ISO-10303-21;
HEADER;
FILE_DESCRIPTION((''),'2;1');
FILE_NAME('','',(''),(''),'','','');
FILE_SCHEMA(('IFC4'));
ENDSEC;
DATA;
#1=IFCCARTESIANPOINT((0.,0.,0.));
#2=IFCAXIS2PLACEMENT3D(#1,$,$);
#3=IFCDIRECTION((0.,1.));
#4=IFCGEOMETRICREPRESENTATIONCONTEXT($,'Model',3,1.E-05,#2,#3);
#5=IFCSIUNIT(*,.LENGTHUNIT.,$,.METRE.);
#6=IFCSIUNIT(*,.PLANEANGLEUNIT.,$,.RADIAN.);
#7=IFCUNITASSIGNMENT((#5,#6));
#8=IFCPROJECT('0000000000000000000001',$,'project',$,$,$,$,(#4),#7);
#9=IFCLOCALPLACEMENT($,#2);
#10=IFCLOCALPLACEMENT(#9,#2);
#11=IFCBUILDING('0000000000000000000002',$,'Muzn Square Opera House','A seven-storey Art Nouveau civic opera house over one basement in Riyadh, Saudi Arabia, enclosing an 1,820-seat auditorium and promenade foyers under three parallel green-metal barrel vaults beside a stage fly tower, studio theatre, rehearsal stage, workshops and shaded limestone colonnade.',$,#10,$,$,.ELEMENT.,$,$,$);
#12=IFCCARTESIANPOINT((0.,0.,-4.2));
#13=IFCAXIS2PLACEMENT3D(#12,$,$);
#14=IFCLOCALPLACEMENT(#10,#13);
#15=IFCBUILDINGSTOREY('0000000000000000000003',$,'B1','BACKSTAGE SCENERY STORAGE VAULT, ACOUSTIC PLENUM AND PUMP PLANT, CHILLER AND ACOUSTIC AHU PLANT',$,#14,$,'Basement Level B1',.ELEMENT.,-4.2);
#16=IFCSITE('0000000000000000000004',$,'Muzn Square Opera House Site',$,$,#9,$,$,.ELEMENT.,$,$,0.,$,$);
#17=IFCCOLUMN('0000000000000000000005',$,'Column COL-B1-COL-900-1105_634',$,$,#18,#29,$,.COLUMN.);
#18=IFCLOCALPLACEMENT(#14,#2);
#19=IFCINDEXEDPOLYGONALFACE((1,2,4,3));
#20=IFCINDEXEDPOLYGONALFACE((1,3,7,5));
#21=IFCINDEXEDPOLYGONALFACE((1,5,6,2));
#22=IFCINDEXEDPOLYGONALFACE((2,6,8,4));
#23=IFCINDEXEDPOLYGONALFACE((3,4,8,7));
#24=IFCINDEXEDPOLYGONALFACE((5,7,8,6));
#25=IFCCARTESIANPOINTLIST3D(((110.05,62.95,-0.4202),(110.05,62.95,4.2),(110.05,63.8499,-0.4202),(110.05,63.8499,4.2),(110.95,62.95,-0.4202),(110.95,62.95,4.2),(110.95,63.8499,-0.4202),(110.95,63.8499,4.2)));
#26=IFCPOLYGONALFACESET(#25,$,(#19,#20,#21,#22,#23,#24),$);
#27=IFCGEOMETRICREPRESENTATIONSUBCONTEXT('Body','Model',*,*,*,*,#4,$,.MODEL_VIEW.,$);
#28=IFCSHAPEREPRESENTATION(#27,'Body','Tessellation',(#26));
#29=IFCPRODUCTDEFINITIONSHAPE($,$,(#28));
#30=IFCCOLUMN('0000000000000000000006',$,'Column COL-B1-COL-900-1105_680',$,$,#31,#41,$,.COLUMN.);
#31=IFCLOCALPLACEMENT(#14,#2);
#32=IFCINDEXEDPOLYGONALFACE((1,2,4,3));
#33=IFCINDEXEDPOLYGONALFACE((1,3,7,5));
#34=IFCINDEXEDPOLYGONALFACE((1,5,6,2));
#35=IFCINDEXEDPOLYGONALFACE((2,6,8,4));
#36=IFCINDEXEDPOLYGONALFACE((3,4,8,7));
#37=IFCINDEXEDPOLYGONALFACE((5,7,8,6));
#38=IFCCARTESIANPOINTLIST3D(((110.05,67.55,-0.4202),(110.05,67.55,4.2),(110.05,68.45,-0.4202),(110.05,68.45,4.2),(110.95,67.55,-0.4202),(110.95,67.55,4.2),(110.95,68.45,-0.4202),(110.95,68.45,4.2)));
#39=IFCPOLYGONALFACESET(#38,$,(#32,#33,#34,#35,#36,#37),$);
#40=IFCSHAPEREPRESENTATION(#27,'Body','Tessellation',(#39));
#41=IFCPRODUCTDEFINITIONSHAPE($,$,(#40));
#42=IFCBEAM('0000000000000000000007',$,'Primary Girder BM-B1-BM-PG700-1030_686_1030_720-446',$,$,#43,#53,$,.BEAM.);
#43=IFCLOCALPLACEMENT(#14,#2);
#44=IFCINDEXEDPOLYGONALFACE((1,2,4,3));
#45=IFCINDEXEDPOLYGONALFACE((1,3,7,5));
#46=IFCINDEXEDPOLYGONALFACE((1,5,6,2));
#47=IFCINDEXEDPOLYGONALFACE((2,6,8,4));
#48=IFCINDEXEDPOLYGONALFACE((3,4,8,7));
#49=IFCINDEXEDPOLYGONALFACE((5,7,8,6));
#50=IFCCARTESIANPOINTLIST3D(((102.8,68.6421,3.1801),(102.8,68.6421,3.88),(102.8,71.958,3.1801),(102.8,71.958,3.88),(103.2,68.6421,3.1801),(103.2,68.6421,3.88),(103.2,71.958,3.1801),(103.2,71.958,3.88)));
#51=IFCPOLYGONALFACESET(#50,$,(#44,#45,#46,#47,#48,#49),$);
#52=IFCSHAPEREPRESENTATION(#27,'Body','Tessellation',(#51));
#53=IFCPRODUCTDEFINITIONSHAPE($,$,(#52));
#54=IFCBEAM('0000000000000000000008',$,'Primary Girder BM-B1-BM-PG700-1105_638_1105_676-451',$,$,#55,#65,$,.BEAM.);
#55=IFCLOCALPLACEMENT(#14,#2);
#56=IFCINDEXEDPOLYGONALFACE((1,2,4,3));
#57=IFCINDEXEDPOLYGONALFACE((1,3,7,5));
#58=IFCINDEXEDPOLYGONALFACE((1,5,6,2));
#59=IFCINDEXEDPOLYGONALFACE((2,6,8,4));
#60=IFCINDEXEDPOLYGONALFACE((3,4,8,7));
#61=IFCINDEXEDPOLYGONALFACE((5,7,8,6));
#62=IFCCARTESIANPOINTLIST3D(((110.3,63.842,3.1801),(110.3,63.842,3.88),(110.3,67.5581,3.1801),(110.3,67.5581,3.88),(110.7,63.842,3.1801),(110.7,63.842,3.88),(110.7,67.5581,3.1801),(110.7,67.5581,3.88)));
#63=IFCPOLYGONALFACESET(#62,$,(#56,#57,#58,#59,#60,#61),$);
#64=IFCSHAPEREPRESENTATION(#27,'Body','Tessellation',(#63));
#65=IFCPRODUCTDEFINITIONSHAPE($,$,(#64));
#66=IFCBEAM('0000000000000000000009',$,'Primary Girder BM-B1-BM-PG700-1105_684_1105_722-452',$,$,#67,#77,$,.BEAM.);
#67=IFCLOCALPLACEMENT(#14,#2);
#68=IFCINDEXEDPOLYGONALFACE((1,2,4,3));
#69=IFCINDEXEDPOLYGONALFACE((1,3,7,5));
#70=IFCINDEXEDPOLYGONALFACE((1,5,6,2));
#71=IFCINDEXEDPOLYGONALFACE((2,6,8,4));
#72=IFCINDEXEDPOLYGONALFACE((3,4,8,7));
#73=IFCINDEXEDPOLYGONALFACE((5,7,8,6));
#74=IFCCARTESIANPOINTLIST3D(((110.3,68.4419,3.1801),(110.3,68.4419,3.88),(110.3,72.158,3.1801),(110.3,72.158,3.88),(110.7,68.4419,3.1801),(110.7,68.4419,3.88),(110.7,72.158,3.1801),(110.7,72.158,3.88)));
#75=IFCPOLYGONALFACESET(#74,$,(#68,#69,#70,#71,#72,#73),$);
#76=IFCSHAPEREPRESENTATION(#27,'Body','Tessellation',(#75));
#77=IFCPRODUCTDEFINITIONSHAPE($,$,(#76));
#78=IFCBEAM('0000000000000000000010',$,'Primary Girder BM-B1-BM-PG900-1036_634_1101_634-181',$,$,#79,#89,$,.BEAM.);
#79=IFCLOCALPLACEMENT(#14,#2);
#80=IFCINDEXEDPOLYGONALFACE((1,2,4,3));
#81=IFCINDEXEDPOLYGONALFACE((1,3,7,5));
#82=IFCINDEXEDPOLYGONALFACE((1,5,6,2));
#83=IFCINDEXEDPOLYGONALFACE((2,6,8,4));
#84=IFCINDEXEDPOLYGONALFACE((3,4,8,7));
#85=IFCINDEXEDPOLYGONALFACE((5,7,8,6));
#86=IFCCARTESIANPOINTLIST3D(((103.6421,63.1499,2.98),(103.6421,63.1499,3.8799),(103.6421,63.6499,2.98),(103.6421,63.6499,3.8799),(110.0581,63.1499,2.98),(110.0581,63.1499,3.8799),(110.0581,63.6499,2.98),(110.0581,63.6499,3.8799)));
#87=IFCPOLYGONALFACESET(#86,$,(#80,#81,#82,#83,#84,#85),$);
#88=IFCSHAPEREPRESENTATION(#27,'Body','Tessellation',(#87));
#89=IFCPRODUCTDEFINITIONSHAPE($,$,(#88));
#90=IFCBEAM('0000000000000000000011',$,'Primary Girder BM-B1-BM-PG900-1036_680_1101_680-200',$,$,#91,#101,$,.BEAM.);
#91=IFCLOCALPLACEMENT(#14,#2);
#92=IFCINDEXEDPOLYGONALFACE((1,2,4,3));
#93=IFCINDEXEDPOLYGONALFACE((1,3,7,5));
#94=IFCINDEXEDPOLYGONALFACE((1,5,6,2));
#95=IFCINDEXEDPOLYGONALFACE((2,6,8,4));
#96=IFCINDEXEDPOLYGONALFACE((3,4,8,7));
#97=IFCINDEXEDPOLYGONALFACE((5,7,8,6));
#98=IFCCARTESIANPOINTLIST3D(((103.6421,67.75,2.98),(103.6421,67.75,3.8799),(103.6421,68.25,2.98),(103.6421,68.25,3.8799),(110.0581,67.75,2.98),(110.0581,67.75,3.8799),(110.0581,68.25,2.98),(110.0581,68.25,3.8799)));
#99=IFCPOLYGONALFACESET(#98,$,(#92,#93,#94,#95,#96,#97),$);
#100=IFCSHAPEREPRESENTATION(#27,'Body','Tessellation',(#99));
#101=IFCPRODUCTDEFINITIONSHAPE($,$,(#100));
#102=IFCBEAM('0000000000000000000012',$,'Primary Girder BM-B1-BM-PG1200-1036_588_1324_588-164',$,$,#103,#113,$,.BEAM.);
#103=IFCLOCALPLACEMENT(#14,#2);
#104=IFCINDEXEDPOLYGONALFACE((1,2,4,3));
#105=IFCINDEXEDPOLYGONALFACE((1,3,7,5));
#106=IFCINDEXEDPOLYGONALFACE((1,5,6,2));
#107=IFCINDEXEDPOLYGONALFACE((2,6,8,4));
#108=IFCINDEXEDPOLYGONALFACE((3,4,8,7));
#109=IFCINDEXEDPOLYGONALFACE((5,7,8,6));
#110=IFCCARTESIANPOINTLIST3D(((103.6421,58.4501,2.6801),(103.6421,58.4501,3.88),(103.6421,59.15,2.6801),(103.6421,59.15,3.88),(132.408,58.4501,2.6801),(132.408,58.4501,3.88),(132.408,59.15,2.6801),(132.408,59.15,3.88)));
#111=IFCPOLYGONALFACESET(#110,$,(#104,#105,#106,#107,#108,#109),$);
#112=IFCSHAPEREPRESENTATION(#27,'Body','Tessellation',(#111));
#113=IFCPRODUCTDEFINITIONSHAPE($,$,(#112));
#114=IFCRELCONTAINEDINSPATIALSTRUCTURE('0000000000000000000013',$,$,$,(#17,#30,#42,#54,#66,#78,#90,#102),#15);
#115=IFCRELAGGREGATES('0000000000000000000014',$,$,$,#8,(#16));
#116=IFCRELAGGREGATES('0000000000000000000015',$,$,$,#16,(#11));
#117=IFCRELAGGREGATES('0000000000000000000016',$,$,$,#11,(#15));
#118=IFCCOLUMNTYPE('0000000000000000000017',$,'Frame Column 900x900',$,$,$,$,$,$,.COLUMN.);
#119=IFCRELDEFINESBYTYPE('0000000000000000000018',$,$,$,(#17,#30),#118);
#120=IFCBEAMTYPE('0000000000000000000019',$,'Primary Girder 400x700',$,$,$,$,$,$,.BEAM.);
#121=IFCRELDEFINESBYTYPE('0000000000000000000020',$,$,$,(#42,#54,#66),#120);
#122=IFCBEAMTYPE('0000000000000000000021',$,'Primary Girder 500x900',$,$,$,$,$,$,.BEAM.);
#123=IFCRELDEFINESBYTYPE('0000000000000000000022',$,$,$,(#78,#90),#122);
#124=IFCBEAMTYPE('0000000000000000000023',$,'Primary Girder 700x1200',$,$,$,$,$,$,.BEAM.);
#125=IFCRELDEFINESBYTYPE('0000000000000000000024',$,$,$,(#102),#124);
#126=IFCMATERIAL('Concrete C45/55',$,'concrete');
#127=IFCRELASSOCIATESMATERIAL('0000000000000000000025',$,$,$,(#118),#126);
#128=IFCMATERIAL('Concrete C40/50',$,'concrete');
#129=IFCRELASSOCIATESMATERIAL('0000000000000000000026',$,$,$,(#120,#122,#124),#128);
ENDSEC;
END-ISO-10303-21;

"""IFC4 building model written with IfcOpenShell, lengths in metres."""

from ifc_helpers import new_model, si_unit, direction, frame, origin, origin_2d, place, context, subcontext, project, spatial, rectangle, extrude, material, material_profile, profile_set, type_object, element, save


model = new_model("IFC4")

# Units and contexts
model_context = context("Model", 3, precision=1e-05, world=origin(), true_north=direction((0.0, 1.0)))
body_context = subcontext(model_context, "Body", "Model", "MODEL_VIEW")
ifc_project = project(units=[si_unit("LENGTHUNIT", "METRE"), si_unit("PLANEANGLEUNIT", "RADIAN")], contexts=[model_context])

# Site, building, storey
site_placement = place(None, origin())
site = spatial("IfcSite", under=ifc_project, at=site_placement, Name="Muzn Square Opera House Site", CompositionType="ELEMENT", RefElevation=0.0)
building_placement = place(site_placement, origin())
building = spatial("IfcBuilding", under=site, at=building_placement, Name="Muzn Square Opera House", Description="A seven-storey Art Nouveau civic opera house over one basement in Riyadh, Saudi Arabia, enclosing an 1,820-seat auditorium and promenade foyers under three parallel green-metal barrel vaults beside a stage fly tower, studio theatre, rehearsal stage, workshops and shaded limestone colonnade.", CompositionType="ELEMENT")
storey_placement = place(building_placement, frame((0.0, 0.0, -4.2)))
storey = spatial("IfcBuildingStorey", under=building, at=storey_placement, Name="B1", Description="BACKSTAGE SCENERY STORAGE VAULT, ACOUSTIC PLENUM AND PUMP PLANT, CHILLER AND ACOUSTIC AHU PLANT", LongName="Basement Level B1", CompositionType="ELEMENT", Elevation=-4.2)

# Shared definitions
ifc_material_1 = material(Name="Concrete C40/50", Category="concrete")

# Columns
ifc_material_2 = material(Name="Concrete C45/55", Category="concrete")
ifc_material_profile_1 = material_profile(ifc_material_2, rectangle(XDim=0.8999, YDim=0.8999, at=origin_2d()), Name="RC 900x900", Category="concrete")
ifc_profile_set_1 = profile_set([ifc_material_profile_1], Name="Concrete C45/55")
column_type = type_object("IfcColumnType", Name="Frame Column 900x900", PredefinedType="COLUMN", material=ifc_profile_set_1)
for number, where, z_axis, x_axis, name in (
    (1, (110.5, 63.3999, -0.4202), (0.0, 0.0, 1.0), (1.0, 0.0, 0.0), "Column COL-B1-COL-900-1105_634"),
    (2, (110.5, 68.0, -0.4202), (0.0, 0.0, 1.0), (1.0, 0.0, 0.0), "Column COL-B1-COL-900-1105_680"),
):
    element("IfcColumn", number, at=place(storey_placement, frame(where, z_axis=z_axis, x_axis=x_axis)), inside=storey, type_object=column_type, Name=name, PredefinedType="COLUMN", context=body_context, shape_type="SweptSolid", body=[
        extrude(rectangle(XDim=0.8999, YDim=0.8999, at=origin_2d()), origin(), (0.0, 0.0, 1.0), 4.6201),
    ])

# Beams
ifc_material_profile_2 = material_profile(ifc_material_1, rectangle(XDim=0.3999, YDim=0.7, at=origin_2d()), Name="RCB 400x700", Category="concrete")
ifc_profile_set_2 = profile_set([ifc_material_profile_2], Name="Concrete C40/50")
beam_type_1 = type_object("IfcBeamType", Name="Primary Girder 400x700", PredefinedType="BEAM", material=ifc_profile_set_2)
beam_1_placement = place(storey_placement, frame((103.0, 68.6421, 3.53), z_axis=(0.0, 1.0, 0.0), x_axis=(-1.0, 0.0, 0.0)))
element("IfcBeam", 3, at=beam_1_placement, inside=storey, type_object=beam_type_1, Name="Primary Girder BM-B1-BM-PG700-1030_686_1030_720-446", PredefinedType="BEAM", context=body_context, shape_type="SweptSolid", body=[
    extrude(rectangle(XDim=0.3999, YDim=0.7, at=origin_2d()), origin(), (0.0, 0.0, 1.0), 3.3159),
])
for number, where, z_axis, x_axis, name in (
    (4, (110.5, 63.842, 3.53), (0.0, 1.0, 0.0), (-1.0, 0.0, 0.0), "Primary Girder BM-B1-BM-PG700-1105_638_1105_676-451"),
    (5, (110.5, 68.4419, 3.53), (0.0, 1.0, 0.0), (-1.0, 0.0, 0.0), "Primary Girder BM-B1-BM-PG700-1105_684_1105_722-452"),
):
    element("IfcBeam", number, at=place(storey_placement, frame(where, z_axis=z_axis, x_axis=x_axis)), inside=storey, type_object=beam_type_1, Name=name, PredefinedType="BEAM", context=body_context, shape_type="SweptSolid", body=[
        extrude(rectangle(XDim=0.3999, YDim=0.7, at=origin_2d()), origin(), (0.0, 0.0, 1.0), 3.7161),
    ])
ifc_material_profile_3 = material_profile(ifc_material_1, rectangle(XDim=0.5, YDim=0.8999, at=origin_2d()), Name="RCB 500x900", Category="concrete")
ifc_profile_set_3 = profile_set([ifc_material_profile_3], Name="Concrete C40/50")
beam_type_2 = type_object("IfcBeamType", Name="Primary Girder 500x900", PredefinedType="BEAM", material=ifc_profile_set_3)
for number, where, z_axis, x_axis, name in (
    (6, (103.6421, 63.3999, 3.4299), (1.0, 0.0, 0.0), (0.0, 1.0, 0.0), "Primary Girder BM-B1-BM-PG900-1036_634_1101_634-181"),
    (7, (103.6421, 68.0, 3.4299), (1.0, 0.0, 0.0), (0.0, 1.0, 0.0), "Primary Girder BM-B1-BM-PG900-1036_680_1101_680-200"),
):
    element("IfcBeam", number, at=place(storey_placement, frame(where, z_axis=z_axis, x_axis=x_axis)), inside=storey, type_object=beam_type_2, Name=name, PredefinedType="BEAM", context=body_context, shape_type="SweptSolid", body=[
        extrude(rectangle(XDim=0.5, YDim=0.8999, at=origin_2d()), origin(), (0.0, 0.0, 1.0), 6.416),
    ])
ifc_material_profile_4 = material_profile(ifc_material_1, rectangle(XDim=0.7, YDim=1.2, at=origin_2d()), Name="RCB 700x1200", Category="concrete")
ifc_profile_set_4 = profile_set([ifc_material_profile_4], Name="Concrete C40/50")
beam_type_3 = type_object("IfcBeamType", Name="Primary Girder 700x1200", PredefinedType="BEAM", material=ifc_profile_set_4)
beam_2_placement = place(storey_placement, frame((103.6421, 58.8, 3.28), z_axis=(1.0, 0.0, 0.0), x_axis=(0.0, 1.0, 0.0)))
element("IfcBeam", 8, at=beam_2_placement, inside=storey, type_object=beam_type_3, Name="Primary Girder BM-B1-BM-PG1200-1036_588_1324_588-164", PredefinedType="BEAM", context=body_context, shape_type="SweptSolid", body=[
    extrude(rectangle(XDim=0.7, YDim=1.2, at=origin_2d()), origin(), (0.0, 0.0, 1.0), 28.7659),
])

save(model, "model.ifc")
